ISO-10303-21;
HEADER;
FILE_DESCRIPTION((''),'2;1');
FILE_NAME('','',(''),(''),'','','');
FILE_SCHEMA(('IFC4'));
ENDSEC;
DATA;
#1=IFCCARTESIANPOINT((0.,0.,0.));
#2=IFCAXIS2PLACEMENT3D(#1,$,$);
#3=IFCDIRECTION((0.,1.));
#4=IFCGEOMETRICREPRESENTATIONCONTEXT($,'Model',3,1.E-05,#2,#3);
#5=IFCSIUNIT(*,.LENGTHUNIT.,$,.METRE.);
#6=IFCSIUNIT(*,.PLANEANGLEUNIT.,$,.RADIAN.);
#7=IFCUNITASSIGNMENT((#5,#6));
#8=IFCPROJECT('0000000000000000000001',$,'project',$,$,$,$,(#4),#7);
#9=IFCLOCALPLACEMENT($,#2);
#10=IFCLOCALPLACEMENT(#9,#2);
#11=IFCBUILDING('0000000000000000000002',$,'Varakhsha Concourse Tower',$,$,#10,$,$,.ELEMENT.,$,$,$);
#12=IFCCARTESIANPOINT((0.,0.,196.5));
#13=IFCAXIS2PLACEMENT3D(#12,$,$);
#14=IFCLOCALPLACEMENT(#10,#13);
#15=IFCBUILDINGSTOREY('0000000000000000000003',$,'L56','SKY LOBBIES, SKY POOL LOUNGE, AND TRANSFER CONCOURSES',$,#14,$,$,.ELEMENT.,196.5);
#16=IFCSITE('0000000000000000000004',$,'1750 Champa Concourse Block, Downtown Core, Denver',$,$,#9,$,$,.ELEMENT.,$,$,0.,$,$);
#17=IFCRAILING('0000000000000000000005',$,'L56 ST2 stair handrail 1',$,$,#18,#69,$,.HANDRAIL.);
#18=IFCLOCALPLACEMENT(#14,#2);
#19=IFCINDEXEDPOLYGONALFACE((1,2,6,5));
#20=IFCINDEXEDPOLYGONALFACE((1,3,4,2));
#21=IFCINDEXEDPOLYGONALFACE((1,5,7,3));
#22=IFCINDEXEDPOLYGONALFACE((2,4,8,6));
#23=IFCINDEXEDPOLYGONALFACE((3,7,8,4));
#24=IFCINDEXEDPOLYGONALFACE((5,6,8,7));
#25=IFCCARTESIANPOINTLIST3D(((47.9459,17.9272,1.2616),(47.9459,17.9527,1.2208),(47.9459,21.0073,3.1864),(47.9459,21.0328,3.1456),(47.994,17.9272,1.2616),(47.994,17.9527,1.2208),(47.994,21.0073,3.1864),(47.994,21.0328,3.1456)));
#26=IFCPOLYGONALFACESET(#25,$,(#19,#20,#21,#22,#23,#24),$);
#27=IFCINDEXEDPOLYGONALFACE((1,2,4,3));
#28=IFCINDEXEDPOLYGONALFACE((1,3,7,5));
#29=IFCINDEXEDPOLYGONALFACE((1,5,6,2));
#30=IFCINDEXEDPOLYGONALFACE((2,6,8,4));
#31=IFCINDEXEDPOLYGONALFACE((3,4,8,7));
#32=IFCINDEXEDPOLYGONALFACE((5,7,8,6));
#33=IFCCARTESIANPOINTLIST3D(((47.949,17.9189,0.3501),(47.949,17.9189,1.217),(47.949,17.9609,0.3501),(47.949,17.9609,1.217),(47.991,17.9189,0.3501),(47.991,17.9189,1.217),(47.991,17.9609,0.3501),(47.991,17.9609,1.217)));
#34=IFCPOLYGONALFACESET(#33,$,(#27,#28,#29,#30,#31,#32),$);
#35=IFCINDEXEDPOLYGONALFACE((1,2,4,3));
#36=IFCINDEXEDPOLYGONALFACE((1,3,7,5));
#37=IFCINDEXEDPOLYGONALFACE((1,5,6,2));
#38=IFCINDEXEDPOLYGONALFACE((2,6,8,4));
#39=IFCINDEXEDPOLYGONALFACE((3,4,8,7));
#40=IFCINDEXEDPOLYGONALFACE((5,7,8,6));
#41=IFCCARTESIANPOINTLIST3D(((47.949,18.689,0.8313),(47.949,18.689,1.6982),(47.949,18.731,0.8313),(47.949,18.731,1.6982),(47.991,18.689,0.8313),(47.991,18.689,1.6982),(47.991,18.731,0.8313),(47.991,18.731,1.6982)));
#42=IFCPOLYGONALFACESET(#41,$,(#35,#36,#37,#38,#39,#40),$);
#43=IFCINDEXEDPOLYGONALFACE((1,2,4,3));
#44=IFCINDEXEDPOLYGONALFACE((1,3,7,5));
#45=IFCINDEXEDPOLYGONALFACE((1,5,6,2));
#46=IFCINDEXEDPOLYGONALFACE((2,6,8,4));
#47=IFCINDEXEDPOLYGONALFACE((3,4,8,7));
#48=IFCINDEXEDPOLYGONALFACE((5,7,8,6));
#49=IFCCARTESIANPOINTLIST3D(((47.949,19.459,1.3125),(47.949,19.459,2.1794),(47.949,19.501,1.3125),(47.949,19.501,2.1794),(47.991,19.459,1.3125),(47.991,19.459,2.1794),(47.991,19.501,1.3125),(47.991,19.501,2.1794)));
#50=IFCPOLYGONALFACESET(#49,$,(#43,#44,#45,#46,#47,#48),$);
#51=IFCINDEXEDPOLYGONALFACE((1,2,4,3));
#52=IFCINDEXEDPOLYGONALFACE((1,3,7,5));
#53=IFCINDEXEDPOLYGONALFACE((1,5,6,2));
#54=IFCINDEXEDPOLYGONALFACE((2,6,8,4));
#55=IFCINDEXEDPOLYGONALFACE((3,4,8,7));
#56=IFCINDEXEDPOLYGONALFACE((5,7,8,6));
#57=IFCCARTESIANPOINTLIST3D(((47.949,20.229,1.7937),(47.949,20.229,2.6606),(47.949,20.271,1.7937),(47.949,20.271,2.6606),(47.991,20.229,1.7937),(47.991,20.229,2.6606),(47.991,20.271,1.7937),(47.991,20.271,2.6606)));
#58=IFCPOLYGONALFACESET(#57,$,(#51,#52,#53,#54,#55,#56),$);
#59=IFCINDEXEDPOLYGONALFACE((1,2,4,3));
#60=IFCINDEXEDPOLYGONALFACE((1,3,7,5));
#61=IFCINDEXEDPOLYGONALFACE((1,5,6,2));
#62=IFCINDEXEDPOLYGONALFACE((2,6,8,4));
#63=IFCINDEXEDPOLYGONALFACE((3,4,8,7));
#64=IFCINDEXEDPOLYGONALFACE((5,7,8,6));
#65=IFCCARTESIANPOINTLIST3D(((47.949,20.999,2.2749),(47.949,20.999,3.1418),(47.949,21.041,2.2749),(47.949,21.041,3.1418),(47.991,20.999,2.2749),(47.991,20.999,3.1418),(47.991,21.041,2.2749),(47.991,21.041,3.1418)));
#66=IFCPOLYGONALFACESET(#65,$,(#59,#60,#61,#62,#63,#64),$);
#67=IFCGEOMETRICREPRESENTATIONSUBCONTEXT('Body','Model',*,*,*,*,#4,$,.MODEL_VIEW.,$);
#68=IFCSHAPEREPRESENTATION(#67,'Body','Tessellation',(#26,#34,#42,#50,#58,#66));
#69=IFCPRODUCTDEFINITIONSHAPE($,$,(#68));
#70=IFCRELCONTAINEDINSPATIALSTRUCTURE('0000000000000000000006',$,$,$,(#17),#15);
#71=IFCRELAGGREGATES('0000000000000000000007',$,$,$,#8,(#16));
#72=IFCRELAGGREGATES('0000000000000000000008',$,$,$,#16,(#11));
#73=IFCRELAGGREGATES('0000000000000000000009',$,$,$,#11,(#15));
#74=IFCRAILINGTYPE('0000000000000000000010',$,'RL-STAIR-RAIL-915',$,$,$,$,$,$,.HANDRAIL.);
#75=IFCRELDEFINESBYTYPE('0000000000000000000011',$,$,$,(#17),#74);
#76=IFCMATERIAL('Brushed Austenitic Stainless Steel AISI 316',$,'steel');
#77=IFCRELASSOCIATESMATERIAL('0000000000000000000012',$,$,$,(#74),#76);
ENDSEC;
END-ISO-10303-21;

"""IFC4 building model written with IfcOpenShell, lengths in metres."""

from ifc_helpers import new_model, si_unit, direction, frame, origin, origin_2d, place, context, subcontext, project, spatial, rectangle, extrude, material, type_object, element, save


model = new_model("IFC4")

# Units and contexts
model_context = context("Model", 3, precision=1e-05, world=origin(), true_north=direction((0.0, 1.0)))
body_context = subcontext(model_context, "Body", "Model", "MODEL_VIEW")
ifc_project = project(units=[si_unit("LENGTHUNIT", "METRE"), si_unit("PLANEANGLEUNIT", "RADIAN")], contexts=[model_context])

# Site, building, storey
site_placement = place(None, origin())
site = spatial("IfcSite", under=ifc_project, at=site_placement, Name="1750 Champa Concourse Block, Downtown Core, Denver", CompositionType="ELEMENT", RefElevation=0.0)
building_placement = place(site_placement, origin())
building = spatial("IfcBuilding", under=site, at=building_placement, Name="Varakhsha Concourse Tower", CompositionType="ELEMENT")
storey_placement = place(building_placement, frame((0.0, 0.0, 196.5)))
storey = spatial("IfcBuildingStorey", under=building, at=storey_placement, Name="L56", Description="SKY LOBBIES, SKY POOL LOUNGE, AND TRANSFER CONCOURSES", CompositionType="ELEMENT", Elevation=196.5)

# Railing
ifc_material_1 = material(Name="Brushed Austenitic Stainless Steel AISI 316", Category="steel")
railing_type_1 = type_object("IfcRailingType", Name="RL-STAIR-RAIL-915", PredefinedType="HANDRAIL", material=ifc_material_1)
railing_1_placement = place(storey_placement, frame((47.97, 17.9399, 0.3501)))
element("IfcRailing", 1, at=railing_1_placement, inside=storey, type_object=railing_type_1, Name="L56 ST2 stair handrail 1", PredefinedType="HANDRAIL", context=body_context, shape_type="SweptSolid", body=[
    extrude(rectangle(XDim=0.0481, YDim=0.0481, at=origin_2d()), frame((0.0, 0.0, 0.8911), z_axis=(0.0, 0.848029, 0.529951), x_axis=(-1.0, 0.0, 0.0)), (0.0, 0.0, 1.0), 3.6321),
    extrude(rectangle(XDim=0.042, YDim=0.042, at=origin_2d()), origin(), (0.0, 0.0, 1.0), 0.8669),
    extrude(rectangle(XDim=0.042, YDim=0.042, at=origin_2d()), frame((0.0, 0.77, 0.4812)), (0.0, 0.0, 1.0), 0.8669),
    extrude(rectangle(XDim=0.042, YDim=0.042, at=origin_2d()), frame((0.0, 1.54, 0.9624)), (0.0, 0.0, 1.0), 0.8669),
    extrude(rectangle(XDim=0.042, YDim=0.042, at=origin_2d()), frame((0.0, 2.3101, 1.4436)), (0.0, 0.0, 1.0), 0.8669),
    extrude(rectangle(XDim=0.042, YDim=0.042, at=origin_2d()), frame((0.0, 3.0801, 1.9248)), (0.0, 0.0, 1.0), 0.8669),
])

save(model, "model.ifc")
